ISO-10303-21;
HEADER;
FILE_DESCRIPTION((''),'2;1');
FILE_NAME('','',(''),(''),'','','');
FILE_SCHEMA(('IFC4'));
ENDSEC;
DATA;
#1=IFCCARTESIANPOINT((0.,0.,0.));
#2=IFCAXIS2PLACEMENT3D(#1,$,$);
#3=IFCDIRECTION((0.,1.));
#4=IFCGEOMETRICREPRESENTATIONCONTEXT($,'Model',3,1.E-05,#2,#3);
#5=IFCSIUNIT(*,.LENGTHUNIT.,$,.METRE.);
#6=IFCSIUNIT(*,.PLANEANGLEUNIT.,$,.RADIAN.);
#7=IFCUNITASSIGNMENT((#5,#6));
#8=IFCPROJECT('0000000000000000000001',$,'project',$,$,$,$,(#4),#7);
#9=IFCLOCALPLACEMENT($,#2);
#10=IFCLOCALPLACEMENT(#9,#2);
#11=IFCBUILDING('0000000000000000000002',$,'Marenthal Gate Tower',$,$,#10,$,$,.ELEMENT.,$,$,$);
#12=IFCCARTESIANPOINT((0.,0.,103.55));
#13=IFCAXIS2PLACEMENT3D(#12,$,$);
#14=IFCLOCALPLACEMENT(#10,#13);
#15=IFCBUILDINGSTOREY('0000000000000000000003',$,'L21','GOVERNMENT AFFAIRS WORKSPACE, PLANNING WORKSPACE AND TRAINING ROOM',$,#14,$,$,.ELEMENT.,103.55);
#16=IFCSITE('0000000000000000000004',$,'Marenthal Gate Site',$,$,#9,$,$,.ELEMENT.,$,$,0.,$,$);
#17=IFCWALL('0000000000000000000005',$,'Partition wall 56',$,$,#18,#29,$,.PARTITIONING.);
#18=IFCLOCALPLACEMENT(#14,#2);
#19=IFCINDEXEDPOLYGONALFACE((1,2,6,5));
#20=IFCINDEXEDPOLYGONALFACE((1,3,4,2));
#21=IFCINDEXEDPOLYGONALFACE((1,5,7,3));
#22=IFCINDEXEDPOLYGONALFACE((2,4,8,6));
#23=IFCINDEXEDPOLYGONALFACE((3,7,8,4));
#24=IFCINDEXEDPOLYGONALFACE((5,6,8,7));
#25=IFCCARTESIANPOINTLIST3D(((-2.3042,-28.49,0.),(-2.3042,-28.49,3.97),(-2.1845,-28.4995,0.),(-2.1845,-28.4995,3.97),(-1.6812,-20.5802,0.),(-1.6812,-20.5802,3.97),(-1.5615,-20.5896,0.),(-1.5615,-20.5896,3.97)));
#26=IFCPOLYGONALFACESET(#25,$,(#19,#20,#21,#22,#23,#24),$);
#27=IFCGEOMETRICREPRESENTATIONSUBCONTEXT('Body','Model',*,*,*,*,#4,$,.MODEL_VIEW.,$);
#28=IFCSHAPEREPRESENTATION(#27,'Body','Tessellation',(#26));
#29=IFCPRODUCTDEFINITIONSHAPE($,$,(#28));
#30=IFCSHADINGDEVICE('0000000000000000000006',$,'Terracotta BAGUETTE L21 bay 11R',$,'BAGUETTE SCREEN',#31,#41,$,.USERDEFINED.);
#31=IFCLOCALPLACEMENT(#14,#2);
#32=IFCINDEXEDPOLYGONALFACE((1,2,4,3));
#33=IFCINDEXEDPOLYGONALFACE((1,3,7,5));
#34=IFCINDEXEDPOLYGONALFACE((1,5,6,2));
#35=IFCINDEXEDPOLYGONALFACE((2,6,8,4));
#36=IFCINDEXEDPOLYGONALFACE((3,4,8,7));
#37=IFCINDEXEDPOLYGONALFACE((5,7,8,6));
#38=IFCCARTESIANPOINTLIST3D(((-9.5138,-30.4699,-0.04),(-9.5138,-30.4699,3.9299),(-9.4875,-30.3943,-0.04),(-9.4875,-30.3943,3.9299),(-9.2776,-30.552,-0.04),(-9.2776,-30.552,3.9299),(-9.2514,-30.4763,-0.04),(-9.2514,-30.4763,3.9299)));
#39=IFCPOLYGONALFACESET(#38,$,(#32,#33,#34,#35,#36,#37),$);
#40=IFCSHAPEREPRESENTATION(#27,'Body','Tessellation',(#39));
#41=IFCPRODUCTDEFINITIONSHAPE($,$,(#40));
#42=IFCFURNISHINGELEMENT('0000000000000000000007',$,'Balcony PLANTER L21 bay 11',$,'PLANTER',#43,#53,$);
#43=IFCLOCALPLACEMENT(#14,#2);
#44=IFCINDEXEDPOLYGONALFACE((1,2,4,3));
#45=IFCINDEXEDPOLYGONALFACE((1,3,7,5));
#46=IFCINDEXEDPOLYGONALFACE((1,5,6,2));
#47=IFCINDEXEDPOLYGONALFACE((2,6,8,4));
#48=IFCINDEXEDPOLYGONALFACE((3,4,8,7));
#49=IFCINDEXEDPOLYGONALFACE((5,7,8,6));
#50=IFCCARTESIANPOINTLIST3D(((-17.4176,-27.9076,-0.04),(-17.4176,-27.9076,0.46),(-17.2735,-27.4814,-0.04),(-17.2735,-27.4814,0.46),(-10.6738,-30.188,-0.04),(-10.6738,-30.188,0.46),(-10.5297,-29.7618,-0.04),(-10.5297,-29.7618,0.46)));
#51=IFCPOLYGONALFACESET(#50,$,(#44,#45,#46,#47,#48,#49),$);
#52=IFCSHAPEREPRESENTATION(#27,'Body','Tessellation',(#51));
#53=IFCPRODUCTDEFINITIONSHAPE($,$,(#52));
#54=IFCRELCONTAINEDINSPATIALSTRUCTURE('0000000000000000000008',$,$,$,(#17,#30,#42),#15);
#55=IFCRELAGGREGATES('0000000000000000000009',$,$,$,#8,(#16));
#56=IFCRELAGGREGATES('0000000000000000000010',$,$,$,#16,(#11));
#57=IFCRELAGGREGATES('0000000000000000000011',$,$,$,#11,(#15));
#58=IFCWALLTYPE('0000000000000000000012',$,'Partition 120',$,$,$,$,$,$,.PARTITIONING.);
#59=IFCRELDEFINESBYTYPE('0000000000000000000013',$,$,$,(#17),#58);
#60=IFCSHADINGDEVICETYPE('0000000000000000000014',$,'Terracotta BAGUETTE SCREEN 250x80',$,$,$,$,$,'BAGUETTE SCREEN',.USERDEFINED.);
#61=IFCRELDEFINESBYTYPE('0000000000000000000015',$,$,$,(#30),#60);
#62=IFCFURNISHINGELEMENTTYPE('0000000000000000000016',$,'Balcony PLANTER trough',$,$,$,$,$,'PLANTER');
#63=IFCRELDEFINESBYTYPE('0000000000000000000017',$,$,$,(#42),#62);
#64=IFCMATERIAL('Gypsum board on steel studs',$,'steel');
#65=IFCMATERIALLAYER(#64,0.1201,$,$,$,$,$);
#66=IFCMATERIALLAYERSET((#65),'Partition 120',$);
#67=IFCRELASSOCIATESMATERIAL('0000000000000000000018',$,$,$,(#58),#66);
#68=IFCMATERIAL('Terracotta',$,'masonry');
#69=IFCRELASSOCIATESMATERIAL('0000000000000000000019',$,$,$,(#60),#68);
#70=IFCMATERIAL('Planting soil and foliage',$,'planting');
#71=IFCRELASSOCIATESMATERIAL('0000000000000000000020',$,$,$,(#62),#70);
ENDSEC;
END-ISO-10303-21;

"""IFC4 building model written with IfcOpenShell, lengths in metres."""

from ifc_helpers import new_model, si_unit, direction, frame, frame_2d, origin, origin_2d, place, context, subcontext, project, spatial, rectangle, extrude, material, layer, layer_set, material_profile, profile_set, type_object, element, save


model = new_model("IFC4")

# Units and contexts
model_context = context("Model", 3, precision=1e-05, world=origin(), true_north=direction((0.0, 1.0)))
body_context = subcontext(model_context, "Body", "Model", "MODEL_VIEW")
ifc_project = project(units=[si_unit("LENGTHUNIT", "METRE"), si_unit("PLANEANGLEUNIT", "RADIAN")], contexts=[model_context])

# Site, building, storey
site_placement = place(None, origin())
site = spatial("IfcSite", under=ifc_project, at=site_placement, Name="Marenthal Gate Site", CompositionType="ELEMENT", RefElevation=0.0)
building_placement = place(site_placement, origin())
building = spatial("IfcBuilding", under=site, at=building_placement, Name="Marenthal Gate Tower", CompositionType="ELEMENT")
storey_placement = place(building_placement, frame((0.0, 0.0, 103.55)))
storey = spatial("IfcBuildingStorey", under=building, at=storey_placement, Name="L21", Description="GOVERNMENT AFFAIRS WORKSPACE, PLANNING WORKSPACE AND TRAINING ROOM", CompositionType="ELEMENT", Elevation=103.55)

# Wall
ifc_material_1 = material(Name="Gypsum board on steel studs", Category="steel")
ifc_layer_1 = layer(ifc_material_1, 0.1201)
ifc_layer_set_1 = layer_set([ifc_layer_1], Name="Partition 120")
wall_type = type_object("IfcWallType", Name="Partition 120", PredefinedType="PARTITIONING", material=ifc_layer_set_1)
wall_1_placement = place(storey_placement, frame((-2.2444, -28.4949, 0.0), z_axis=(0.0, 0.0, 1.0), x_axis=(0.078525, 0.996912, 0.0)))
element("IfcWall", 1, at=wall_1_placement, inside=storey, type_object=wall_type, Name="Partition wall 56", PredefinedType="PARTITIONING", context=body_context, shape_type="SweptSolid", body=[
    extrude(rectangle(XDim=7.9343, YDim=0.1201, at=frame_2d((3.9673, 0.0))), origin(), (0.0, 0.0, 1.0), 3.97),
])

# Shading device
ifc_material_2 = material(Name="Terracotta", Category="masonry")
ifc_material_profile_1 = material_profile(ifc_material_2, rectangle(XDim=0.25, YDim=0.0801, at=origin_2d()), Name="Terracotta baguette 250x80")
ifc_profile_set_1 = profile_set([ifc_material_profile_1], Name="Terracotta")
shading_device_type = type_object("IfcShadingDeviceType", Name="Terracotta BAGUETTE SCREEN 250x80", ElementType="BAGUETTE SCREEN", PredefinedType="USERDEFINED", material=ifc_profile_set_1)
shading_device_placement = place(storey_placement, frame((-9.3826, -30.4731, -0.04), z_axis=(0.0, 0.0, 1.0), x_axis=(0.944614, -0.328183, 0.0)))
element("IfcShadingDevice", 2, at=shading_device_placement, inside=storey, type_object=shading_device_type, Name="Terracotta BAGUETTE L21 bay 11R", ObjectType="BAGUETTE SCREEN", PredefinedType="USERDEFINED", context=body_context, shape_type="SweptSolid", body=[
    extrude(rectangle(XDim=0.25, YDim=0.0801, at=origin_2d()), origin(), (0.0, 0.0, 1.0), 3.97),
])

# Furnishing element
ifc_material_3 = material(Name="Planting soil and foliage", Category="planting")
furnishing_element_type = type_object("IfcFurnishingElementType", Name="Balcony PLANTER trough", ElementType="PLANTER", material=ifc_material_3)
furnishing_placement = place(storey_placement, frame((-13.9736, -28.8347, -0.04), z_axis=(0.0, 0.0, 1.0), x_axis=(0.947307, -0.320328, 0.0)))
element("IfcFurnishingElement", 3, at=furnishing_placement, inside=storey, type_object=furnishing_element_type, Name="Balcony PLANTER L21 bay 11", ObjectType="PLANTER", context=body_context, shape_type="SweptSolid", body=[
    extrude(rectangle(XDim=7.1189, YDim=0.45, at=origin_2d()), origin(), (0.0, 0.0, 1.0), 0.5),
])

save(model, "model.ifc")
